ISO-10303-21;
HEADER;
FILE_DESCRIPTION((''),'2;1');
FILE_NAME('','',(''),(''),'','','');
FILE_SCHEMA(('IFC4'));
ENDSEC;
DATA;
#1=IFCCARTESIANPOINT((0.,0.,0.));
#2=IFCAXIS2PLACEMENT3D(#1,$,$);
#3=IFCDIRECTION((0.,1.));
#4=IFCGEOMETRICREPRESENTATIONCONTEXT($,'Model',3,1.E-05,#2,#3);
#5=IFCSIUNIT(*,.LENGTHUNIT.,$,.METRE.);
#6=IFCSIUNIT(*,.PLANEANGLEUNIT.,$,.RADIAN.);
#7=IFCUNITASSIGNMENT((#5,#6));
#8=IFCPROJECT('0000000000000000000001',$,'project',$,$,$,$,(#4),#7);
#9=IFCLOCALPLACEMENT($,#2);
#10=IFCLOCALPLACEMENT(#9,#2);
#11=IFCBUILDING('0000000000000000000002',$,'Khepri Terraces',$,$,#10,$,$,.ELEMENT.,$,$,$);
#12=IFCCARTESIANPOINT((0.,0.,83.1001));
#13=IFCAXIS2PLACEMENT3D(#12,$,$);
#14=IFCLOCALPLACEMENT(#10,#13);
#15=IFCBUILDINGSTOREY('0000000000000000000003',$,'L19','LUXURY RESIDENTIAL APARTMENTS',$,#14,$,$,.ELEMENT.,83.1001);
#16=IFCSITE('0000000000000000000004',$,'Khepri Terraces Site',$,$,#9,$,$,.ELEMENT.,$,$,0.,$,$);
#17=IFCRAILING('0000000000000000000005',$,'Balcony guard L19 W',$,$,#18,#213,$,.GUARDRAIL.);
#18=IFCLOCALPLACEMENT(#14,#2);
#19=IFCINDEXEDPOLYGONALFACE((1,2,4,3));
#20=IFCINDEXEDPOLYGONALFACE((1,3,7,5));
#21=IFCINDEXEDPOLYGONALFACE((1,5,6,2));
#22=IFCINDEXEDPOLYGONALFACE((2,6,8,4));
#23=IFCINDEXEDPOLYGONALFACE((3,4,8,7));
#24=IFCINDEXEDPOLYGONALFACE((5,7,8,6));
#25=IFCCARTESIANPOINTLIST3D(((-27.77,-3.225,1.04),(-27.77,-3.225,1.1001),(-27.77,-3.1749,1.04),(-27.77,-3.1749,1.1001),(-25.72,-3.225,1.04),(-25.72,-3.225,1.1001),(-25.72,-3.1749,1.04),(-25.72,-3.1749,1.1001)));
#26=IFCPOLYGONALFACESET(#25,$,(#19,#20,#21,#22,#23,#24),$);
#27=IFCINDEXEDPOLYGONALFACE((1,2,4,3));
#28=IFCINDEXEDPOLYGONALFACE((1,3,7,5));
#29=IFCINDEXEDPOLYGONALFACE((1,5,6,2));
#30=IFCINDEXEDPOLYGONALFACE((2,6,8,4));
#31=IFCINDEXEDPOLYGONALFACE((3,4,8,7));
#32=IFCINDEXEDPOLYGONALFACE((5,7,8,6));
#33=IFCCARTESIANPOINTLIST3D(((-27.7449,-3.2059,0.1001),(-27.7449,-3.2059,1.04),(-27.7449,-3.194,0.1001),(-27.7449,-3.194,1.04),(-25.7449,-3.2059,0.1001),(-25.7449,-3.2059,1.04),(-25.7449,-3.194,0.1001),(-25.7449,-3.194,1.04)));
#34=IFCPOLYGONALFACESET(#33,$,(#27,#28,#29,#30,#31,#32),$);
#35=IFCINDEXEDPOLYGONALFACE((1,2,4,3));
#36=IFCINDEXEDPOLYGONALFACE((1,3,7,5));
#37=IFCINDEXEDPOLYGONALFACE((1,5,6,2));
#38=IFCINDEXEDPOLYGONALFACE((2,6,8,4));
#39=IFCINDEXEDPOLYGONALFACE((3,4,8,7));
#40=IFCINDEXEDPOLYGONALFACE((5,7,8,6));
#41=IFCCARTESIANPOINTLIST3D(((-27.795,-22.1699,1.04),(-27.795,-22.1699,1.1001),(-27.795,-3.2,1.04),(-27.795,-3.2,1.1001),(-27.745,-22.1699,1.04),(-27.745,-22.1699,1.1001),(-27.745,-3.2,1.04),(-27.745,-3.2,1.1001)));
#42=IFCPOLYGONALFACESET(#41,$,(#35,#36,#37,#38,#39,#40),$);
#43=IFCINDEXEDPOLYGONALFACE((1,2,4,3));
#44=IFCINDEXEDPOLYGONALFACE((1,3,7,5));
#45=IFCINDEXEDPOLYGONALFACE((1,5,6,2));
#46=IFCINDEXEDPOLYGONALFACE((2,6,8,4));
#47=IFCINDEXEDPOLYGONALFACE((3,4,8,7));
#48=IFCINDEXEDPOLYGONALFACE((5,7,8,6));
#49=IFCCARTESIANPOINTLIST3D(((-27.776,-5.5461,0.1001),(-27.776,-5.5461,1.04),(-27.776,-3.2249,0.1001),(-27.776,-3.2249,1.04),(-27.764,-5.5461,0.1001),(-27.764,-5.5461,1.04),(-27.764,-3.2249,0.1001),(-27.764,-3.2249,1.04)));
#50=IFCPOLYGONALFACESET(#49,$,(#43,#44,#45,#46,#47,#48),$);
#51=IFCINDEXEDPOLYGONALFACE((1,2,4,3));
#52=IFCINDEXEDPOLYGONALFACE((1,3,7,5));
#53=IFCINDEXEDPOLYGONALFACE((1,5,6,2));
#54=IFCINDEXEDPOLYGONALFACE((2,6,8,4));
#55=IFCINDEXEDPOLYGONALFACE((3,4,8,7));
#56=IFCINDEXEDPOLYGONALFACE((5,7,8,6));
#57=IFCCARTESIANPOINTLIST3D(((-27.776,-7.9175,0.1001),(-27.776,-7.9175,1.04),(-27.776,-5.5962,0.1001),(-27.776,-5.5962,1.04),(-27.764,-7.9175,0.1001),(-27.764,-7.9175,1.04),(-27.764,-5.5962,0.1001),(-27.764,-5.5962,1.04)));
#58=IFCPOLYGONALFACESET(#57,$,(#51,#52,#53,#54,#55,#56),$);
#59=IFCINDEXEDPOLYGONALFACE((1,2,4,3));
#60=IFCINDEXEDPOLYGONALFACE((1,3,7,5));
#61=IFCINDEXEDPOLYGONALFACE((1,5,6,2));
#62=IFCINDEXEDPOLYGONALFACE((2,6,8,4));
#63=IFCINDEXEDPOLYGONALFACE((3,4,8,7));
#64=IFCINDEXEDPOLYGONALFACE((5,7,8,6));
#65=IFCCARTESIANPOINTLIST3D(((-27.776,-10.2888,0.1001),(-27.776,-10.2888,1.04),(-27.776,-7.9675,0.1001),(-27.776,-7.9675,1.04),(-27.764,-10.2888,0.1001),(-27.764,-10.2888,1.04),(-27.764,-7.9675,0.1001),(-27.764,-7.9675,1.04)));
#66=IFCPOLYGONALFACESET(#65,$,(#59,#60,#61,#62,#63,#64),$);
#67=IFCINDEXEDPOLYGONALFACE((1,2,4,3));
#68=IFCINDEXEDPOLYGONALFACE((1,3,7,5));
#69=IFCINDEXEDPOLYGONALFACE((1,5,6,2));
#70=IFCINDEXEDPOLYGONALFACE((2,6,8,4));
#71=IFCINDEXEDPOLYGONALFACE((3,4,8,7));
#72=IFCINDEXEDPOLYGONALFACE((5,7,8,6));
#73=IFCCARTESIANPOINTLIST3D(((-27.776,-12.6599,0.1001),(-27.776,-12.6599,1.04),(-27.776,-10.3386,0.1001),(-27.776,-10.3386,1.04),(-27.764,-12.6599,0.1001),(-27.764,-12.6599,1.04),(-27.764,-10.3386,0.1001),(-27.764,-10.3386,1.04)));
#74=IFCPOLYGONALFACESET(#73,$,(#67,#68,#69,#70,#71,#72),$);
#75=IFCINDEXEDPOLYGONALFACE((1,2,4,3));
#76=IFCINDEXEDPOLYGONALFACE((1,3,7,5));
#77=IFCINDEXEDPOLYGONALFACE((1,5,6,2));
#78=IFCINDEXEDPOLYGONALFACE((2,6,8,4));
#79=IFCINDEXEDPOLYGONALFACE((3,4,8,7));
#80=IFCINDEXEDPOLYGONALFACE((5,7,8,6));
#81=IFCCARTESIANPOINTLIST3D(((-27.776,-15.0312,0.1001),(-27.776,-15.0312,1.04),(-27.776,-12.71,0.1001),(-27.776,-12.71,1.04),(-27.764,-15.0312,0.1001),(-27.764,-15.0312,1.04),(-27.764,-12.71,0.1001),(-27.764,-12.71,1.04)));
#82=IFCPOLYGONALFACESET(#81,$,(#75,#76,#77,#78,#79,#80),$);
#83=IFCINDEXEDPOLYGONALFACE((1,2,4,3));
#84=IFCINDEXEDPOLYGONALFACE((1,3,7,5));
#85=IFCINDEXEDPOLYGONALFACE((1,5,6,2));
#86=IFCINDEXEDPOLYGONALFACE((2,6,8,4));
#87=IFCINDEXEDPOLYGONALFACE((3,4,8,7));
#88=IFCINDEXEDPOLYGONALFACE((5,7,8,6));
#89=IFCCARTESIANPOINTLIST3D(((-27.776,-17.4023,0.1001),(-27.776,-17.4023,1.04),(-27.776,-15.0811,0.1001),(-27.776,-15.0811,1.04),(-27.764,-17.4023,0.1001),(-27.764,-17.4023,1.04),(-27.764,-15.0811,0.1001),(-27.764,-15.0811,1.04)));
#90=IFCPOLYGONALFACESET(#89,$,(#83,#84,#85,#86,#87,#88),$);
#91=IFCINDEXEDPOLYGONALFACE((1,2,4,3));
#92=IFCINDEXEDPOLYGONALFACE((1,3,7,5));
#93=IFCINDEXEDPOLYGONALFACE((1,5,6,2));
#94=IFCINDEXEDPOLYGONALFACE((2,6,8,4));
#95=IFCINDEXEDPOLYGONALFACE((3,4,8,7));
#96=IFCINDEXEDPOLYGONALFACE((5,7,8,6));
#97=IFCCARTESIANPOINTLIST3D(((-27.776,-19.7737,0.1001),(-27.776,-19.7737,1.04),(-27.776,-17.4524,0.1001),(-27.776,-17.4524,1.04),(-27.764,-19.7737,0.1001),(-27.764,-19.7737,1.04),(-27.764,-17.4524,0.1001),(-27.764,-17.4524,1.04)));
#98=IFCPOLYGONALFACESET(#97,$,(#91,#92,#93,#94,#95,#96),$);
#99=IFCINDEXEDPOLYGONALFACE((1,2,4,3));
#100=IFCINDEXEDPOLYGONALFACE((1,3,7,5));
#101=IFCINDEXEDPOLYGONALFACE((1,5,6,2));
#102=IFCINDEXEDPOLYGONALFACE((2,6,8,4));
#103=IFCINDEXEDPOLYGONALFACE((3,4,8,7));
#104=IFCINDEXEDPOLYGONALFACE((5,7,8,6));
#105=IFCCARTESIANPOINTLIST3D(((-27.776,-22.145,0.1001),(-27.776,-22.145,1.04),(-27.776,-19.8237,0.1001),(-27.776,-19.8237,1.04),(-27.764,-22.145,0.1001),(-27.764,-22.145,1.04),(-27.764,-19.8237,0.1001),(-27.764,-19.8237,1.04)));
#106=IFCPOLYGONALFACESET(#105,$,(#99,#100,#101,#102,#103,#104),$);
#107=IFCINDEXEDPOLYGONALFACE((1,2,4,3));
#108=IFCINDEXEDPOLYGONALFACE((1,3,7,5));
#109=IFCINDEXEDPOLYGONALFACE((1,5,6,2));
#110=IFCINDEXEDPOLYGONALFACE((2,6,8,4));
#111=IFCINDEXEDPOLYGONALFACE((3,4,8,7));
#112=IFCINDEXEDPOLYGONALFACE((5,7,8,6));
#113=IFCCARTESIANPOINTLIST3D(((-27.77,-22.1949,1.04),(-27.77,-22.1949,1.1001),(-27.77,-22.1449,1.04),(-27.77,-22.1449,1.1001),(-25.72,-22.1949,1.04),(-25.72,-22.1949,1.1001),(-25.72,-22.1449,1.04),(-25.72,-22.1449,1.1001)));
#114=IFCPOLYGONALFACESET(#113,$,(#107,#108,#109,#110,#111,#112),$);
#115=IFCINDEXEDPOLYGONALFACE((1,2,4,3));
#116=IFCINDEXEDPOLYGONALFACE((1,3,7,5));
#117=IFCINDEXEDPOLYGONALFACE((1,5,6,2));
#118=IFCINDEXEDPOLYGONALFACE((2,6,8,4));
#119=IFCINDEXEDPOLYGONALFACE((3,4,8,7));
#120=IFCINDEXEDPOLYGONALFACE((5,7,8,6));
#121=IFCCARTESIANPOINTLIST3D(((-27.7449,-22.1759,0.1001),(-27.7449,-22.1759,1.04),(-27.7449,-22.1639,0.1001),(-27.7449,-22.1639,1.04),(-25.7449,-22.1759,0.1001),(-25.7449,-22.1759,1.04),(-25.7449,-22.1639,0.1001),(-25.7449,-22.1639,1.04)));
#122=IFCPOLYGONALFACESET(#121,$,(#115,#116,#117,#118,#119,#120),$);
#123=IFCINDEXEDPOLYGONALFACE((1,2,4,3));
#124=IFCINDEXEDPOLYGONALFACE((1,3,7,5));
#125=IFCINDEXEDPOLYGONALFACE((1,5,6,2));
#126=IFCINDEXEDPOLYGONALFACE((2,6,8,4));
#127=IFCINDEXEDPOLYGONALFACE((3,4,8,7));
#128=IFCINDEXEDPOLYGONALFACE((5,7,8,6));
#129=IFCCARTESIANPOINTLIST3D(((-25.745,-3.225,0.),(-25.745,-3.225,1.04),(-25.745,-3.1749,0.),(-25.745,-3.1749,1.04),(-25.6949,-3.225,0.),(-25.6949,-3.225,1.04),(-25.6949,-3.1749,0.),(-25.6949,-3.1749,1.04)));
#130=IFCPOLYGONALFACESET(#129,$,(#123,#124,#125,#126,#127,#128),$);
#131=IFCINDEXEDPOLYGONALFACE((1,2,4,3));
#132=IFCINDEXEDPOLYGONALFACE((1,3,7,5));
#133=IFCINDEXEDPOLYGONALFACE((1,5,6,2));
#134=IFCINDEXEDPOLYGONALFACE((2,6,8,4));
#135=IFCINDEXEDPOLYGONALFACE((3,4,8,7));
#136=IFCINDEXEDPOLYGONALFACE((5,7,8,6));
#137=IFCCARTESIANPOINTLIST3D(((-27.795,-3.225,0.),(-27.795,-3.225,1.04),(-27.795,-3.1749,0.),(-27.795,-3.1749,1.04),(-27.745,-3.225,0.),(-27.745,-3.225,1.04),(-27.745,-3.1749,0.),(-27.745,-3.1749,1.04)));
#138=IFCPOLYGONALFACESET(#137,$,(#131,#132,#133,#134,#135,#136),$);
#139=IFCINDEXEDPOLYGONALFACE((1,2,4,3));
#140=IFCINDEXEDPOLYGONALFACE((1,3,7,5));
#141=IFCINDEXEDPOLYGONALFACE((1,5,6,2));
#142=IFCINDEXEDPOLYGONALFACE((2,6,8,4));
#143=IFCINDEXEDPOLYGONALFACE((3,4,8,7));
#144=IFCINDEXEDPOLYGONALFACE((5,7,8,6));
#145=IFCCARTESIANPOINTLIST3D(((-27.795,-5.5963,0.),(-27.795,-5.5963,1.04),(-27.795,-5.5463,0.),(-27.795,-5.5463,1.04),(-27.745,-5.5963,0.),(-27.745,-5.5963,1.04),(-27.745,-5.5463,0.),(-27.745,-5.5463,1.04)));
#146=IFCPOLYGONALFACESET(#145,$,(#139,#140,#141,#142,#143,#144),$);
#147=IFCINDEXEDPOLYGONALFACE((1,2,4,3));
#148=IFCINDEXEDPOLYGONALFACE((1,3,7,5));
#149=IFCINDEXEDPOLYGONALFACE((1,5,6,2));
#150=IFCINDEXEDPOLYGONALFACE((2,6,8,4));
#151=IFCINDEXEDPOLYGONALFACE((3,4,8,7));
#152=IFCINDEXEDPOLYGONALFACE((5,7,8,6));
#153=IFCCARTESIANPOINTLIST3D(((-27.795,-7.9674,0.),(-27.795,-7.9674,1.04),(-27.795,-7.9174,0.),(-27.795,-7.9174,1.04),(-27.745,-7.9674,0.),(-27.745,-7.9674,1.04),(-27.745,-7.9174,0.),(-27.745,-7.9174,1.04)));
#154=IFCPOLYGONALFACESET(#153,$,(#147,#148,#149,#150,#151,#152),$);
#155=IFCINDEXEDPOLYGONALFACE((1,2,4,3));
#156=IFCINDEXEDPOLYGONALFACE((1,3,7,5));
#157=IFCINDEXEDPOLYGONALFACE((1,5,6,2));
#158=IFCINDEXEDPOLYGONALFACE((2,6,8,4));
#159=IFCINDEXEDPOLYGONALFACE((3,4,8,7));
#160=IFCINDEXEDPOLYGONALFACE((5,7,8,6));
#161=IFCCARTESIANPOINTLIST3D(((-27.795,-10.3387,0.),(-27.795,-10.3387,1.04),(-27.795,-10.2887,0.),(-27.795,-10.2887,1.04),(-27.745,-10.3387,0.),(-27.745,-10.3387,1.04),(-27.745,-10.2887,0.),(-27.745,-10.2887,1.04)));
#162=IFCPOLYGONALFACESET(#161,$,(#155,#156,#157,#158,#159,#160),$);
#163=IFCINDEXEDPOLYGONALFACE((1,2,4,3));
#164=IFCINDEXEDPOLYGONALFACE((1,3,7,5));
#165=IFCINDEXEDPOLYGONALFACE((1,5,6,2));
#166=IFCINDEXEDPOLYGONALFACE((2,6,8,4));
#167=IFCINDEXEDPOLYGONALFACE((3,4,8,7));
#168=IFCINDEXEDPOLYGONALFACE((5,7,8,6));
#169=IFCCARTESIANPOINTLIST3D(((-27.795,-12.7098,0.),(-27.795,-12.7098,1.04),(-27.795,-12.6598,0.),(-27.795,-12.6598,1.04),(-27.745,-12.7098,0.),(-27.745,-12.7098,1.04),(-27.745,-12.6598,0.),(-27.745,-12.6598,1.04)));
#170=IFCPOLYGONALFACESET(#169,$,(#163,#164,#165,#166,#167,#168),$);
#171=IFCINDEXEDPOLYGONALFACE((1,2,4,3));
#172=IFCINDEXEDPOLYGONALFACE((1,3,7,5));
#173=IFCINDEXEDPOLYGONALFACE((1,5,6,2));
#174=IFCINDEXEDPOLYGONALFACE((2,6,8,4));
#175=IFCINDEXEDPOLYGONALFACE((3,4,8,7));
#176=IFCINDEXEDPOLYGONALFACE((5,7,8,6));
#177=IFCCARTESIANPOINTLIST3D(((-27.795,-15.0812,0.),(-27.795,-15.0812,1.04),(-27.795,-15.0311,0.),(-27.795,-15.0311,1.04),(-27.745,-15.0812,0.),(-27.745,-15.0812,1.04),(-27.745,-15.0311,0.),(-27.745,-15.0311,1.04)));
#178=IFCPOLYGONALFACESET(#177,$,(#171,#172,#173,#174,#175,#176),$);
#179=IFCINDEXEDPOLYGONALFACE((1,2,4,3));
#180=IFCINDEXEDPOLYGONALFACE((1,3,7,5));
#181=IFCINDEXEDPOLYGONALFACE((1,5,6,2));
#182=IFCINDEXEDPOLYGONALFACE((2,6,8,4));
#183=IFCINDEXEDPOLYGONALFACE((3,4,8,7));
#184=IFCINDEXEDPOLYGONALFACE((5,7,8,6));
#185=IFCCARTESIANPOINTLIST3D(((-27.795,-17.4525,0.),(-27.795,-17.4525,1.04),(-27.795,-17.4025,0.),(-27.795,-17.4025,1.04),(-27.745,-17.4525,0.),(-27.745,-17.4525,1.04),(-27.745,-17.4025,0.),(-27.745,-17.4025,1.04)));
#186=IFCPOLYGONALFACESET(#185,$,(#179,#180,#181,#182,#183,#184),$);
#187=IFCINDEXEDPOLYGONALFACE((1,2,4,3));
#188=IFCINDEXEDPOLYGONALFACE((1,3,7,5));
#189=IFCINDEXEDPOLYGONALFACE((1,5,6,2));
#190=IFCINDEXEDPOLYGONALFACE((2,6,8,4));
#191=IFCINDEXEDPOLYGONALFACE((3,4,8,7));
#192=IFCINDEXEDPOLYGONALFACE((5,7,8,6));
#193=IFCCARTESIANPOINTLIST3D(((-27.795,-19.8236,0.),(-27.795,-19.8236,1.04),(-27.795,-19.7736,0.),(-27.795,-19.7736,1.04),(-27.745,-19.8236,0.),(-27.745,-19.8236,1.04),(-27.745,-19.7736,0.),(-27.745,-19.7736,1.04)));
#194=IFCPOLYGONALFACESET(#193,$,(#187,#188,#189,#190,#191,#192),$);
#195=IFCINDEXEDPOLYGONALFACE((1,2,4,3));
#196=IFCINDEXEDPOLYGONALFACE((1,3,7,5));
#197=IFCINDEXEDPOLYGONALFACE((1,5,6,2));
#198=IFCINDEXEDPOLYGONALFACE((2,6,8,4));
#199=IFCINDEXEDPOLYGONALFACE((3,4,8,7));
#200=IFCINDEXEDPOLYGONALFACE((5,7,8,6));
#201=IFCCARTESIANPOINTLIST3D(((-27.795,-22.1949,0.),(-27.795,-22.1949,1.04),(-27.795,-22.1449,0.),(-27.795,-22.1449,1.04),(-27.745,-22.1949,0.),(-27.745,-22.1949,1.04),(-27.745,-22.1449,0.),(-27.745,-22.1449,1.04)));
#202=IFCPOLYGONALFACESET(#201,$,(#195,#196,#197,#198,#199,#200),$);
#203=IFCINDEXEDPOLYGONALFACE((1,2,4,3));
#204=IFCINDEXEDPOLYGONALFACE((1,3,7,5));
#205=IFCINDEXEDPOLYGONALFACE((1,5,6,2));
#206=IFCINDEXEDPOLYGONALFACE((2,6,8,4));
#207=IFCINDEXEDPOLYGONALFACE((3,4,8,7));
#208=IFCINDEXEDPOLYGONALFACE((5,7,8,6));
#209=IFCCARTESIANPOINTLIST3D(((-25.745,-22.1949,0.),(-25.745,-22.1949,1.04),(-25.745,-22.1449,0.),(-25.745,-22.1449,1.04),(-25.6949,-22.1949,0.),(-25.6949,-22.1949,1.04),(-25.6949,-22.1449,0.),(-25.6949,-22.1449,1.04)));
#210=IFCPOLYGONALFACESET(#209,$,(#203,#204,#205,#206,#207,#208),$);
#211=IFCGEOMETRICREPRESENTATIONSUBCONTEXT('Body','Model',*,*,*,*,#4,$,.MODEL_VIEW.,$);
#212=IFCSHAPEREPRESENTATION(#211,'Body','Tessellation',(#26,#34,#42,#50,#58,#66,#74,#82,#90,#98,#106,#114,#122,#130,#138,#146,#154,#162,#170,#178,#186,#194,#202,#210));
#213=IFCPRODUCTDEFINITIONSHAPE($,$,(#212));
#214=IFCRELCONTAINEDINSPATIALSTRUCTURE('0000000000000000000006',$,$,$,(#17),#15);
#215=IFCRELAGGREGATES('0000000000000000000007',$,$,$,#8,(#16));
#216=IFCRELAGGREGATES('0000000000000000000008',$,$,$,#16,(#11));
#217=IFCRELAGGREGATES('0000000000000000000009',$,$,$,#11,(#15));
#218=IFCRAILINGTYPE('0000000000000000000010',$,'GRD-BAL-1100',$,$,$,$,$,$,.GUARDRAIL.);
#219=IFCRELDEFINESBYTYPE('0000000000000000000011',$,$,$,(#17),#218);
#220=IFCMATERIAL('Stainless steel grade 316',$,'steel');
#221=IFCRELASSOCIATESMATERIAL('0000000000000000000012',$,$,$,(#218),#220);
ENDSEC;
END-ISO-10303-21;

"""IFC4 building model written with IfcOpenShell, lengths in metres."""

from ifc_helpers import new_model, si_unit, direction, frame, origin, origin_2d, place, context, subcontext, project, spatial, rectangle, extrude, material, type_object, element, save


model = new_model("IFC4")

# Units and contexts
model_context = context("Model", 3, precision=1e-05, world=origin(), true_north=direction((0.0, 1.0)))
body_context = subcontext(model_context, "Body", "Model", "MODEL_VIEW")
ifc_project = project(units=[si_unit("LENGTHUNIT", "METRE"), si_unit("PLANEANGLEUNIT", "RADIAN")], contexts=[model_context])

# Site, building, storey
site_placement = place(None, origin())
site = spatial("IfcSite", under=ifc_project, at=site_placement, Name="Khepri Terraces Site", CompositionType="ELEMENT", RefElevation=0.0)
building_placement = place(site_placement, origin())
building = spatial("IfcBuilding", under=site, at=building_placement, Name="Khepri Terraces", CompositionType="ELEMENT")
storey_placement = place(building_placement, frame((0.0, 0.0, 83.1001)))
storey = spatial("IfcBuildingStorey", under=building, at=storey_placement, Name="L19", Description="LUXURY RESIDENTIAL APARTMENTS", CompositionType="ELEMENT", Elevation=83.1001)

# Railing
ifc_material_1 = material(Name="Stainless steel grade 316", Category="steel")
railing_type = type_object("IfcRailingType", Name="GRD-BAL-1100", PredefinedType="GUARDRAIL", material=ifc_material_1)
railing_placement = place(storey_placement, frame((-25.72, -3.2, 0.0)))
element("IfcRailing", 1, at=railing_placement, inside=storey, type_object=railing_type, Name="Balcony guard L19 W", PredefinedType="GUARDRAIL", context=body_context, shape_type="SweptSolid", body=[
    extrude(rectangle(XDim=0.05, YDim=0.0601, at=origin_2d()), frame((0.0, 0.0, 1.0701), z_axis=(-1.0, 0.0, 0.0), x_axis=(0.0, -1.0, 0.0)), (0.0, 0.0, 1.0), 2.05),
    extrude(rectangle(XDim=2.0, YDim=0.012, at=origin_2d()), frame((-1.0249, 0.0, 0.1001), z_axis=(0.0, 0.0, 1.0), x_axis=(-1.0, 0.0, 0.0)), (0.0, 0.0, 1.0), 0.9399),
    extrude(rectangle(XDim=0.05, YDim=0.0601, at=origin_2d()), frame((-2.05, 0.0, 1.0701), z_axis=(0.0, -1.0, 0.0), x_axis=(1.0, 0.0, 0.0)), (0.0, 0.0, 1.0), 18.97),
    extrude(rectangle(XDim=2.3213, YDim=0.012, at=origin_2d()), frame((-2.05, -1.1855, 0.1001), z_axis=(0.0, 0.0, 1.0), x_axis=(0.0, -1.0, 0.0)), (0.0, 0.0, 1.0), 0.9399),
    extrude(rectangle(XDim=2.3213, YDim=0.012, at=origin_2d()), frame((-2.05, -3.5569, 0.1001), z_axis=(0.0, 0.0, 1.0), x_axis=(0.0, -1.0, 0.0)), (0.0, 0.0, 1.0), 0.9399),
    extrude(rectangle(XDim=2.3213, YDim=0.012, at=origin_2d()), frame((-2.05, -5.9282, 0.1001), z_axis=(0.0, 0.0, 1.0), x_axis=(0.0, -1.0, 0.0)), (0.0, 0.0, 1.0), 0.9399),
    extrude(rectangle(XDim=2.3213, YDim=0.012, at=origin_2d()), frame((-2.05, -8.2993, 0.1001), z_axis=(0.0, 0.0, 1.0), x_axis=(0.0, -1.0, 0.0)), (0.0, 0.0, 1.0), 0.9399),
    extrude(rectangle(XDim=2.3213, YDim=0.012, at=origin_2d()), frame((-2.05, -10.6707, 0.1001), z_axis=(0.0, 0.0, 1.0), x_axis=(0.0, -1.0, 0.0)), (0.0, 0.0, 1.0), 0.9399),
    extrude(rectangle(XDim=2.3213, YDim=0.012, at=origin_2d()), frame((-2.05, -13.0417, 0.1001), z_axis=(0.0, 0.0, 1.0), x_axis=(0.0, -1.0, 0.0)), (0.0, 0.0, 1.0), 0.9399),
    extrude(rectangle(XDim=2.3213, YDim=0.012, at=origin_2d()), frame((-2.05, -15.4131, 0.1001), z_axis=(0.0, 0.0, 1.0), x_axis=(0.0, -1.0, 0.0)), (0.0, 0.0, 1.0), 0.9399),
    extrude(rectangle(XDim=2.3213, YDim=0.012, at=origin_2d()), frame((-2.05, -17.7844, 0.1001), z_axis=(0.0, 0.0, 1.0), x_axis=(0.0, -1.0, 0.0)), (0.0, 0.0, 1.0), 0.9399),
    extrude(rectangle(XDim=0.05, YDim=0.0601, at=origin_2d()), frame((-2.05, -18.97, 1.0701), z_axis=(1.0, 0.0, 0.0), x_axis=(0.0, 1.0, 0.0)), (0.0, 0.0, 1.0), 2.05),
    extrude(rectangle(XDim=2.0, YDim=0.012, at=origin_2d()), frame((-1.0249, -18.97, 0.1001), z_axis=(0.0, 0.0, 1.0), x_axis=(1.0, 0.0, 0.0)), (0.0, 0.0, 1.0), 0.9399),
    extrude(rectangle(XDim=0.05, YDim=0.05, at=origin_2d()), origin(), (0.0, 0.0, 1.0), 1.04),
    extrude(rectangle(XDim=0.05, YDim=0.05, at=origin_2d()), frame((-2.05, 0.0, 0.0)), (0.0, 0.0, 1.0), 1.04),
    extrude(rectangle(XDim=0.05, YDim=0.05, at=origin_2d()), frame((-2.05, -2.3713, 0.0)), (0.0, 0.0, 1.0), 1.04),
    extrude(rectangle(XDim=0.05, YDim=0.05, at=origin_2d()), frame((-2.05, -4.7424, 0.0)), (0.0, 0.0, 1.0), 1.04),
    extrude(rectangle(XDim=0.05, YDim=0.05, at=origin_2d()), frame((-2.05, -7.1138, 0.0)), (0.0, 0.0, 1.0), 1.04),
    extrude(rectangle(XDim=0.05, YDim=0.05, at=origin_2d()), frame((-2.05, -9.4849, 0.0)), (0.0, 0.0, 1.0), 1.04),
    extrude(rectangle(XDim=0.05, YDim=0.05, at=origin_2d()), frame((-2.05, -11.8562, 0.0)), (0.0, 0.0, 1.0), 1.04),
    extrude(rectangle(XDim=0.05, YDim=0.05, at=origin_2d()), frame((-2.05, -14.2275, 0.0)), (0.0, 0.0, 1.0), 1.04),
    extrude(rectangle(XDim=0.05, YDim=0.05, at=origin_2d()), frame((-2.05, -16.5986, 0.0)), (0.0, 0.0, 1.0), 1.04),
    extrude(rectangle(XDim=0.05, YDim=0.05, at=origin_2d()), frame((-2.05, -18.97, 0.0)), (0.0, 0.0, 1.0), 1.04),
    extrude(rectangle(XDim=0.05, YDim=0.05, at=origin_2d()), frame((0.0, -18.97, 0.0)), (0.0, 0.0, 1.0), 1.04),
])

save(model, "model.ifc")
